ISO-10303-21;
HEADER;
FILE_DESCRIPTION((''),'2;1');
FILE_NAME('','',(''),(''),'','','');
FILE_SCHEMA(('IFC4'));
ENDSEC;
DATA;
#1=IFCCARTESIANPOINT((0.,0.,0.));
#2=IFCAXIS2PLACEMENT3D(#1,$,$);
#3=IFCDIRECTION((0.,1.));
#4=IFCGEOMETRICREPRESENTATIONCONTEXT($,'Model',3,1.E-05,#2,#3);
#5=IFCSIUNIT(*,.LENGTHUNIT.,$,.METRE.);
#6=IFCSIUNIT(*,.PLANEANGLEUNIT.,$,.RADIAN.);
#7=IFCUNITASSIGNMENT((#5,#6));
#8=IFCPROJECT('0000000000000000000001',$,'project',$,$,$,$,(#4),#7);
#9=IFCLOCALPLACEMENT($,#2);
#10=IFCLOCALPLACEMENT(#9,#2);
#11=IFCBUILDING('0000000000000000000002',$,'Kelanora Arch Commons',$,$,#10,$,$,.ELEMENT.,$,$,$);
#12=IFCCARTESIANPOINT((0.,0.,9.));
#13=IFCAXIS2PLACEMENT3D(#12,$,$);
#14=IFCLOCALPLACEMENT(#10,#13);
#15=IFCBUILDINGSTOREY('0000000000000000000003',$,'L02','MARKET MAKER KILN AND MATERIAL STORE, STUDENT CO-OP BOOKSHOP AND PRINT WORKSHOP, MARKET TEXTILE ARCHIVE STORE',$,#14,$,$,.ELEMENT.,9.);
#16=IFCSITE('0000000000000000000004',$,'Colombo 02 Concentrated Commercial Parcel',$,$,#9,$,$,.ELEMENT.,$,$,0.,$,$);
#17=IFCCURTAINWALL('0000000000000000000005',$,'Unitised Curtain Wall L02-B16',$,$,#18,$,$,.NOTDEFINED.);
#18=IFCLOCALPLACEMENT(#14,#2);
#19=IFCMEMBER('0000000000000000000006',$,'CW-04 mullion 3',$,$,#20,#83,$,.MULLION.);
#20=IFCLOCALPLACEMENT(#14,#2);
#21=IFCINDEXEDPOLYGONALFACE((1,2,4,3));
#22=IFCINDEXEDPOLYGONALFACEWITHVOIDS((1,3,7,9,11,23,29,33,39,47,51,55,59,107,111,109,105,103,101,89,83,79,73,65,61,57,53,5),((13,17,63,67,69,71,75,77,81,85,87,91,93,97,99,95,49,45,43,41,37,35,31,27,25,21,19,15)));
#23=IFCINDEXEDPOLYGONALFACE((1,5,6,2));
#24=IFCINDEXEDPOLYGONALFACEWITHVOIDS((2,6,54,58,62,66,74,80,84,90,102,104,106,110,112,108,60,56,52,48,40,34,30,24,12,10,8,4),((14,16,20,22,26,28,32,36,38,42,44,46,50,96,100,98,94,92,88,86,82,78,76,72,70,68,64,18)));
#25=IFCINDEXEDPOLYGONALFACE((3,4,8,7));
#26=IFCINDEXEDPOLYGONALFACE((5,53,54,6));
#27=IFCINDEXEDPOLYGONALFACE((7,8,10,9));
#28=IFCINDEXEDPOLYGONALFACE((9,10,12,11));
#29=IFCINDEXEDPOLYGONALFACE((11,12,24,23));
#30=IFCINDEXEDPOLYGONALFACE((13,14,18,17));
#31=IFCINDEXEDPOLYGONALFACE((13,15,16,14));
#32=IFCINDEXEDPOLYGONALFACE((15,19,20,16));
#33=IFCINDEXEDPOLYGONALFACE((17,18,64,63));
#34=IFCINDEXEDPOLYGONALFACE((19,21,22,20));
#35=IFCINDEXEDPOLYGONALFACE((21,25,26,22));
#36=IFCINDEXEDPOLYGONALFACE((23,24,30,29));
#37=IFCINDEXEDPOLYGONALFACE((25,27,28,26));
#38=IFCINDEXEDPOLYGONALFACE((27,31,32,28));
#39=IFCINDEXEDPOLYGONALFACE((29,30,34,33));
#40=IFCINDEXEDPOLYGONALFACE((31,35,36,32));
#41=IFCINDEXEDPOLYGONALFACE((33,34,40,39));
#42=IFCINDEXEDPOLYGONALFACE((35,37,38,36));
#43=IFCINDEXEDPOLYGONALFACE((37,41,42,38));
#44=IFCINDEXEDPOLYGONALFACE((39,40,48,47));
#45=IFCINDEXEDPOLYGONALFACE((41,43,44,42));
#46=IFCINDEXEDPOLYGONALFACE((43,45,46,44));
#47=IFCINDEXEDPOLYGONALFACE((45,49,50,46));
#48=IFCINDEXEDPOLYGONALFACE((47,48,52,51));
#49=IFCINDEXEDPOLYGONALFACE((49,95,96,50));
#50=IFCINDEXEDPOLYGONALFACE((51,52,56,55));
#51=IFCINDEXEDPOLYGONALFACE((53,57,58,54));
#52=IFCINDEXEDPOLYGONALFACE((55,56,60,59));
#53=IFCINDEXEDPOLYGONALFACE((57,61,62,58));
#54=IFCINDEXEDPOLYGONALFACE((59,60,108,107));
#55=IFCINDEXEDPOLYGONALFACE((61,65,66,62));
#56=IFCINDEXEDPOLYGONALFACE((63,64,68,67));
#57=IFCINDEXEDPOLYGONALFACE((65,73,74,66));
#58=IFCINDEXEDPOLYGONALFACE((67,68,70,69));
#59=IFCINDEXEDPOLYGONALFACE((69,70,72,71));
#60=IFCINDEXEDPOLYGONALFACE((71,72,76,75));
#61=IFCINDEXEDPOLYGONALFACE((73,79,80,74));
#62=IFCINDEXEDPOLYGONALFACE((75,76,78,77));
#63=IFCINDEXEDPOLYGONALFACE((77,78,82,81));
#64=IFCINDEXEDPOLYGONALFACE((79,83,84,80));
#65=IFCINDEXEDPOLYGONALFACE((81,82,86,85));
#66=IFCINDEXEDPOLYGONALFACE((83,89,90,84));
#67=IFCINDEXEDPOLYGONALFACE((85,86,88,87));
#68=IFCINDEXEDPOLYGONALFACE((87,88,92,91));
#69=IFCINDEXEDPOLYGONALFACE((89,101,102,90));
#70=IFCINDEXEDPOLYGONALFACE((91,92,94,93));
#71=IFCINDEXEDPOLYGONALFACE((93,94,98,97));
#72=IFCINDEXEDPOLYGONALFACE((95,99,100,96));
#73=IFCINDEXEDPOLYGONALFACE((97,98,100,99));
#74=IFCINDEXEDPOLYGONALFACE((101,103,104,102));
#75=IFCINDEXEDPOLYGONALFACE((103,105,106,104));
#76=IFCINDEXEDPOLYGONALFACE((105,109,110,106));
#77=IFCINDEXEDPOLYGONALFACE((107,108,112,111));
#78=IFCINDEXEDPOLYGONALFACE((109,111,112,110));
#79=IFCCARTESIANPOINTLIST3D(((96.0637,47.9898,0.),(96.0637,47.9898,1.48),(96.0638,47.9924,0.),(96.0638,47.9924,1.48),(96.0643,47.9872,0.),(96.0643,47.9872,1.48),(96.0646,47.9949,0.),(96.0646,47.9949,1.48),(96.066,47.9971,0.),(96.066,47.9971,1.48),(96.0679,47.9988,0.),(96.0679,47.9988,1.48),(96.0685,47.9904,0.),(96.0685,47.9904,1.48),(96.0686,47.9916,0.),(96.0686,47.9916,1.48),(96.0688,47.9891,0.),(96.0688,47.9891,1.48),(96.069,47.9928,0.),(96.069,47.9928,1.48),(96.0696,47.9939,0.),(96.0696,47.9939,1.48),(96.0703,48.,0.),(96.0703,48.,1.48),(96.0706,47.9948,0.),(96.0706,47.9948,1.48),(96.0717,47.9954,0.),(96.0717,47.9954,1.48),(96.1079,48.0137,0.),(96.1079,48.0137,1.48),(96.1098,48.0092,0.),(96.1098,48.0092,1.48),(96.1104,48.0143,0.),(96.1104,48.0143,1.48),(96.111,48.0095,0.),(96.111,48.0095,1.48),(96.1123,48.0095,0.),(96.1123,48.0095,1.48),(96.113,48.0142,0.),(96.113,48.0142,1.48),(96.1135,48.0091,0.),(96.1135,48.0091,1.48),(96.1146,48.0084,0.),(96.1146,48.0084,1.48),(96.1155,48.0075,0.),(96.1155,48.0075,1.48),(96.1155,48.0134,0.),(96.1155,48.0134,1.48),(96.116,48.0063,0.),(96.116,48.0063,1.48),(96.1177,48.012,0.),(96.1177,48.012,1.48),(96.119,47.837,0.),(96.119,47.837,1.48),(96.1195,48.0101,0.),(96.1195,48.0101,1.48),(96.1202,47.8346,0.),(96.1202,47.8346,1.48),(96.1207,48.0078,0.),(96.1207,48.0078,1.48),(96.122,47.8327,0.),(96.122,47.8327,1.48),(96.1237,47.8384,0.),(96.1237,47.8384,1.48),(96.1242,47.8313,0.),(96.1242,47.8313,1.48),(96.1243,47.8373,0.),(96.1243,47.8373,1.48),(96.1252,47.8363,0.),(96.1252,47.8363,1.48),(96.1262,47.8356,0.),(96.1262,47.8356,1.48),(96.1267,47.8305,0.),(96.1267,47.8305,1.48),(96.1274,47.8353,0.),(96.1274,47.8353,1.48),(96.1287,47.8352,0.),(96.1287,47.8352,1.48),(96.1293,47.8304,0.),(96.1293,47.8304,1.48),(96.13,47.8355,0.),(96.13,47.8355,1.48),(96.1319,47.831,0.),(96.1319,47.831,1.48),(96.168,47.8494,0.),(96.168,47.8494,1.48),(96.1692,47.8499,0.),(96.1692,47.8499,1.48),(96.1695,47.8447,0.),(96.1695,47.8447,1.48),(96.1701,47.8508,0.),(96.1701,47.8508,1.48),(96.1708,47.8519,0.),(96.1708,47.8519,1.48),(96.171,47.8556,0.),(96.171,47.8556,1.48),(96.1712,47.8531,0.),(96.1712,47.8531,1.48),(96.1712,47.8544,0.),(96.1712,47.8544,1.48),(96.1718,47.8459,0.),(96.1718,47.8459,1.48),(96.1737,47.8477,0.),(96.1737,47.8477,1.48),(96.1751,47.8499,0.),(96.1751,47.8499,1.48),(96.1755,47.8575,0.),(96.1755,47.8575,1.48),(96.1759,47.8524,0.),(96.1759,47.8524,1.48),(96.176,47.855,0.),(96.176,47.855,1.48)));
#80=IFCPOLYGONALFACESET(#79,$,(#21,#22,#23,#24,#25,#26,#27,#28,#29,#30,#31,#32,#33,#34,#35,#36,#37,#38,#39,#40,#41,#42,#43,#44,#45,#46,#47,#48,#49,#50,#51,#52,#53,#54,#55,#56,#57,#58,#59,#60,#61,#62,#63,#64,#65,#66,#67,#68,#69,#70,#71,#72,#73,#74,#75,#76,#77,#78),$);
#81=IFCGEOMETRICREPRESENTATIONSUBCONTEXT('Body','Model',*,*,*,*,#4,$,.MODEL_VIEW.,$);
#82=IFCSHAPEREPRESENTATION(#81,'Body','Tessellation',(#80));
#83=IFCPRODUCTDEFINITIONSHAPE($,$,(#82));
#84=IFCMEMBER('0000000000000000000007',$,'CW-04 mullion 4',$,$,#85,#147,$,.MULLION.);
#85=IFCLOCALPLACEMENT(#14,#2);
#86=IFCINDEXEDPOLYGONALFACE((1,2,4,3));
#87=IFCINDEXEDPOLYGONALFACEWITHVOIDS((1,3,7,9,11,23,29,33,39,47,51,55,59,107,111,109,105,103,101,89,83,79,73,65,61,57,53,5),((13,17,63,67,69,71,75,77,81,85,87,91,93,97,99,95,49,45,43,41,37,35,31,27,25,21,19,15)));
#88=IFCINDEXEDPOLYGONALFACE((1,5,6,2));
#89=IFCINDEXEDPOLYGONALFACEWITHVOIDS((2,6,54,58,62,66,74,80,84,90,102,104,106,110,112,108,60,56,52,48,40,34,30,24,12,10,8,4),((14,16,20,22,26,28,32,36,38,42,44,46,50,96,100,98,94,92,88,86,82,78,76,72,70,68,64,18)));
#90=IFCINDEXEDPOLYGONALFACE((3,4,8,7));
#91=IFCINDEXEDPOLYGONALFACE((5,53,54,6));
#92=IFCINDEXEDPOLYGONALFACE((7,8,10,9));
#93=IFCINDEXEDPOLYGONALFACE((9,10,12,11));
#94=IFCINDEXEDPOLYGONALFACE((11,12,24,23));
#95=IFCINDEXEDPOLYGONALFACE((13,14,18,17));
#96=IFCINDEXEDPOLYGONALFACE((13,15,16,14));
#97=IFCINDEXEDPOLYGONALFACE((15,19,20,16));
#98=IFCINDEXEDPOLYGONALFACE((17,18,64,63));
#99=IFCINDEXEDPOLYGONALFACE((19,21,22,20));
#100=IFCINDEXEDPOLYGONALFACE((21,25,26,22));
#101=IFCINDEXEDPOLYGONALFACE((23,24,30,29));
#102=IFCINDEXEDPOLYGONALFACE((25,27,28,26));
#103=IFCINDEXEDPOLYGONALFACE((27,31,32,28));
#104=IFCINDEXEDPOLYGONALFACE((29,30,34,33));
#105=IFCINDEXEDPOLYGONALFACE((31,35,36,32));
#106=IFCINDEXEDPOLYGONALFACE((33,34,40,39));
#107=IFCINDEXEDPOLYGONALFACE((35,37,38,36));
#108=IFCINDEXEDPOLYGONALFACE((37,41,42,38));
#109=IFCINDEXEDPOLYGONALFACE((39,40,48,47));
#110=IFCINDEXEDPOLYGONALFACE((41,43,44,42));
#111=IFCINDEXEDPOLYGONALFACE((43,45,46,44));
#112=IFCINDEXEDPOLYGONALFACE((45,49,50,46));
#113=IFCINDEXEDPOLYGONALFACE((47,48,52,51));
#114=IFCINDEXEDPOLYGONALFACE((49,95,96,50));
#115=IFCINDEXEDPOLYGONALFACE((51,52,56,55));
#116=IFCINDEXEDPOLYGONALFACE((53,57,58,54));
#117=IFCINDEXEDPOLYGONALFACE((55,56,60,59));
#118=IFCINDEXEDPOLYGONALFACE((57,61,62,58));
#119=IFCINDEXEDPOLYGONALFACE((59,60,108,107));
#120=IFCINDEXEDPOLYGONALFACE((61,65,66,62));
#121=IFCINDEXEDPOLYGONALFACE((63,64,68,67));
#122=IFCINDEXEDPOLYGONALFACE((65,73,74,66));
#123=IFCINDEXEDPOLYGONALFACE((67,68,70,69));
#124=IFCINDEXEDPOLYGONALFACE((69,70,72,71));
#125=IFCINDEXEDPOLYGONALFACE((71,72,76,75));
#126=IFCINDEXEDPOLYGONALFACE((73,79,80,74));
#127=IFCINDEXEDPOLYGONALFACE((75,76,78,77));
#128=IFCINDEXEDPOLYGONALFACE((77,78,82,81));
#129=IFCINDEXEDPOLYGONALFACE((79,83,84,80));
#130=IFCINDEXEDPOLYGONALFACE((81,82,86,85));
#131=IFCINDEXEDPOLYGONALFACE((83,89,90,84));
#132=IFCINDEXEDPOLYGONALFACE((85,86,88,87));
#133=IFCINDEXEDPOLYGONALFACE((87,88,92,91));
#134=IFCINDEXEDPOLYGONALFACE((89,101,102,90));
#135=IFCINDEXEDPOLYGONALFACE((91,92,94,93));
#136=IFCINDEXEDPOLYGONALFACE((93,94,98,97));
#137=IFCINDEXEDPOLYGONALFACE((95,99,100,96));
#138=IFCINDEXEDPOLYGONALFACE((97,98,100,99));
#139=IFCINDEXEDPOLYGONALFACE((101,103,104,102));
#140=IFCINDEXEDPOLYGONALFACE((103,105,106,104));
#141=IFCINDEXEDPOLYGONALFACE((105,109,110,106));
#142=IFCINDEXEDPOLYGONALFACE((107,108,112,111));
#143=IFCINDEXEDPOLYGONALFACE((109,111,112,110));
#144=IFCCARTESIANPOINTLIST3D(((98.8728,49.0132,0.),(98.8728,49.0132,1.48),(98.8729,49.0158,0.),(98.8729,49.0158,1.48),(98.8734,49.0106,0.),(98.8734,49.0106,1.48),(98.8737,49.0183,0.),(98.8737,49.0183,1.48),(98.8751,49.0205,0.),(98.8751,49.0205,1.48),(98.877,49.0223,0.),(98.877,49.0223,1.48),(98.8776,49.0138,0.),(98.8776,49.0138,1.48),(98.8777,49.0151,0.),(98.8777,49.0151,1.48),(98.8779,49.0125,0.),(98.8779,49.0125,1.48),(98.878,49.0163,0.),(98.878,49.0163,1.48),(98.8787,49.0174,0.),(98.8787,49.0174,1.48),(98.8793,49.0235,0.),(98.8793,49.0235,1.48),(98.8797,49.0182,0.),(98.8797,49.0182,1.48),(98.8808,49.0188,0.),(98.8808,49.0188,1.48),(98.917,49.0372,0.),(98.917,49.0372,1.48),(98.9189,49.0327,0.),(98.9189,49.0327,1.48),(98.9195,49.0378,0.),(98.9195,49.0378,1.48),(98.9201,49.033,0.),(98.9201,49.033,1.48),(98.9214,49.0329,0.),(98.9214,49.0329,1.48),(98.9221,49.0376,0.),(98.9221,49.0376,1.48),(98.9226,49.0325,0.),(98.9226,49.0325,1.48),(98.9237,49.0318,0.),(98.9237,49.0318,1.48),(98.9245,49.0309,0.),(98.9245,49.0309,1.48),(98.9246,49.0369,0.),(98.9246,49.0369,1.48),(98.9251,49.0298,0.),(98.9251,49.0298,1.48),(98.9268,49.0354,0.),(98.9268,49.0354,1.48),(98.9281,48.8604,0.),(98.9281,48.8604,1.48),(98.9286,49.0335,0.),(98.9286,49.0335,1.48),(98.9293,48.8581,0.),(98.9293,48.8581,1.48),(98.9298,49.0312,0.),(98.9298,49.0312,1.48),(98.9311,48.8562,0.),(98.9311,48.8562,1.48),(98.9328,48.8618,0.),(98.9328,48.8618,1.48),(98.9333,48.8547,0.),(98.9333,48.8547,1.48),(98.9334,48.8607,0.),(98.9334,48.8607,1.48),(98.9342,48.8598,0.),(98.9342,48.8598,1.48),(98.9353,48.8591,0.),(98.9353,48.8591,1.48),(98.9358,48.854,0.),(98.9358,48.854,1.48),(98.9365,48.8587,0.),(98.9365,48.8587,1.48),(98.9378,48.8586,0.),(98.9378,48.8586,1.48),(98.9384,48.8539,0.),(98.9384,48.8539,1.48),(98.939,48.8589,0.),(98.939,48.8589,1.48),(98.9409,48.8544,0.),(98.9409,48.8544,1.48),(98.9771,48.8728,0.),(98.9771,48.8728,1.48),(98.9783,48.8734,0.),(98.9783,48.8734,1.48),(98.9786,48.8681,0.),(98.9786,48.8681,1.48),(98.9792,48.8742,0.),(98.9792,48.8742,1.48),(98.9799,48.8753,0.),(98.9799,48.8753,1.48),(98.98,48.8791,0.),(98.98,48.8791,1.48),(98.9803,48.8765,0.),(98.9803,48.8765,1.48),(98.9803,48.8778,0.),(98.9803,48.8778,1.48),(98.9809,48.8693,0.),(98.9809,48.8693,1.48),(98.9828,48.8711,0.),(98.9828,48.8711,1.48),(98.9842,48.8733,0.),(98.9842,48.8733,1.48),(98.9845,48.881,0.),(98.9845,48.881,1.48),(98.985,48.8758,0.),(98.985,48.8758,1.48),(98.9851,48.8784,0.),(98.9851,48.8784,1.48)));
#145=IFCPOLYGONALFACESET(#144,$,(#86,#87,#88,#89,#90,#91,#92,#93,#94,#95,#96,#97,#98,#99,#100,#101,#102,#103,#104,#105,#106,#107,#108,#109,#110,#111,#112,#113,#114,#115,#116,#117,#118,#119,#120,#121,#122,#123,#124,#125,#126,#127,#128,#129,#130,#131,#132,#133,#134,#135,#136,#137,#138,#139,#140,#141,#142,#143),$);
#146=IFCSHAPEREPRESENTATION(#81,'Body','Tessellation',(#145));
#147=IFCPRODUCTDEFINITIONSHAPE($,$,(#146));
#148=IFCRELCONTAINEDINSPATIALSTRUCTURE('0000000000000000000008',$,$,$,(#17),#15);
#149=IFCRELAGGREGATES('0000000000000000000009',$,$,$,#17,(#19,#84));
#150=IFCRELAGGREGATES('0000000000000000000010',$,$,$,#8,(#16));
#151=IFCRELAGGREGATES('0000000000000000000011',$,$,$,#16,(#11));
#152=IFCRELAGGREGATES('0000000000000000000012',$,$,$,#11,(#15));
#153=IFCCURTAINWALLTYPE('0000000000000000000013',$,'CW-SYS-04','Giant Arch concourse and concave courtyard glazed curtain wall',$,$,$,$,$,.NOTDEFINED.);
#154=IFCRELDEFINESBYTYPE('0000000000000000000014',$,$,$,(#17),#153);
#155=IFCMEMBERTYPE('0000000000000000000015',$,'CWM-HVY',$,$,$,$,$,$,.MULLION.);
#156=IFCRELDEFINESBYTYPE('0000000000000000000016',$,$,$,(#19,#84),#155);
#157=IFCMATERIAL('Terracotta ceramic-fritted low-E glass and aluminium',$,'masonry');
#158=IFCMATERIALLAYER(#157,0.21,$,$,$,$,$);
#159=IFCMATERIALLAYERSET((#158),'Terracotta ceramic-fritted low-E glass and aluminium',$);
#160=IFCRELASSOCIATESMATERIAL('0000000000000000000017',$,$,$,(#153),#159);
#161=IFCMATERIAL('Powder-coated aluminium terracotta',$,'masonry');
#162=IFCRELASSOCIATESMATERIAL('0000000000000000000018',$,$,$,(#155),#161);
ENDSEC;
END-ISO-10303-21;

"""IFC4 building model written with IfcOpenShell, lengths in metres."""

from ifc_helpers import new_model, si_unit, direction, frame, origin, origin_2d, place, context, subcontext, project, spatial, hollow_rectangle, extrude, material, layer, layer_set, material_profile, profile_set, type_object, element, aggregate, save


model = new_model("IFC4")

# Units and contexts
model_context = context("Model", 3, precision=1e-05, world=origin(), true_north=direction((0.0, 1.0)))
body_context = subcontext(model_context, "Body", "Model", "MODEL_VIEW")
ifc_project = project(units=[si_unit("LENGTHUNIT", "METRE"), si_unit("PLANEANGLEUNIT", "RADIAN")], contexts=[model_context])

# Site, building, storey
site_placement = place(None, origin())
site = spatial("IfcSite", under=ifc_project, at=site_placement, Name="Colombo 02 Concentrated Commercial Parcel", CompositionType="ELEMENT", RefElevation=0.0)
building_placement = place(site_placement, origin())
building = spatial("IfcBuilding", under=site, at=building_placement, Name="Kelanora Arch Commons", CompositionType="ELEMENT")
storey_placement = place(building_placement, frame((0.0, 0.0, 9.0)))
storey = spatial("IfcBuildingStorey", under=building, at=storey_placement, Name="L02", Description="MARKET MAKER KILN AND MATERIAL STORE, STUDENT CO-OP BOOKSHOP AND PRINT WORKSHOP, MARKET TEXTILE ARCHIVE STORE", CompositionType="ELEMENT", Elevation=9.0)

# Curtain wall, members
ifc_material_1 = material(Name="Terracotta ceramic-fritted low-E glass and aluminium", Category="masonry")
ifc_layer_1 = layer(ifc_material_1, 0.21)
ifc_layer_set_1 = layer_set([ifc_layer_1], Name="Terracotta ceramic-fritted low-E glass and aluminium")
curtain_wall_type = type_object("IfcCurtainWallType", Name="CW-SYS-04", Description="Giant Arch concourse and concave courtyard glazed curtain wall", PredefinedType="NOTDEFINED", material=ifc_layer_set_1)
curtain_wall_placement = place(storey_placement, origin())
curtain_wall = element("IfcCurtainWall", 1, at=curtain_wall_placement, inside=storey, type_object=curtain_wall_type, Name="Unitised Curtain Wall L02-B16", PredefinedType="NOTDEFINED")
ifc_material_2 = material(Name="Powder-coated aluminium terracotta", Category="masonry")
ifc_material_profile_1 = material_profile(ifc_material_2, hollow_rectangle(XDim=0.1799, YDim=0.0601, WallThickness=0.0049, InnerFilletRadius=0.0049, OuterFilletRadius=0.01, at=origin_2d()), Name="CWM180x60")
ifc_profile_set_1 = profile_set([ifc_material_profile_1], Name="Powder-coated aluminium terracotta")
member_type_1 = type_object("IfcMemberType", Name="CWM-HVY", PredefinedType="MULLION", material=ifc_profile_set_1)
member_1_placement = place(storey_placement, frame((96.1199, 47.9224, 0.0), z_axis=(0.0, 0.0, 1.0), x_axis=(-0.342318, 0.939584, 0.0)))
member_1 = element("IfcMember", 2, at=member_1_placement, type_object=member_type_1, Name="CW-04 mullion 3", PredefinedType="MULLION", context=body_context, shape_type="SweptSolid", body=[
    extrude(hollow_rectangle(XDim=0.1799, YDim=0.0601, WallThickness=0.0049, InnerFilletRadius=0.0049, OuterFilletRadius=0.01, at=origin_2d()), origin(), (0.0, 0.0, 1.0), 1.48),
])
member_2_placement = place(storey_placement, frame((98.929, 48.9458, 0.0), z_axis=(0.0, 0.0, 1.0), x_axis=(-0.342318, 0.939584, 0.0)))
member_2 = element("IfcMember", 3, at=member_2_placement, type_object=member_type_1, Name="CW-04 mullion 4", PredefinedType="MULLION", context=body_context, shape_type="SweptSolid", body=[
    extrude(hollow_rectangle(XDim=0.1799, YDim=0.0601, WallThickness=0.0049, InnerFilletRadius=0.0049, OuterFilletRadius=0.01, at=origin_2d()), origin(), (0.0, 0.0, 1.0), 1.48),
])
aggregate(curtain_wall, [member_1, member_2])

save(model, "model.ifc")
